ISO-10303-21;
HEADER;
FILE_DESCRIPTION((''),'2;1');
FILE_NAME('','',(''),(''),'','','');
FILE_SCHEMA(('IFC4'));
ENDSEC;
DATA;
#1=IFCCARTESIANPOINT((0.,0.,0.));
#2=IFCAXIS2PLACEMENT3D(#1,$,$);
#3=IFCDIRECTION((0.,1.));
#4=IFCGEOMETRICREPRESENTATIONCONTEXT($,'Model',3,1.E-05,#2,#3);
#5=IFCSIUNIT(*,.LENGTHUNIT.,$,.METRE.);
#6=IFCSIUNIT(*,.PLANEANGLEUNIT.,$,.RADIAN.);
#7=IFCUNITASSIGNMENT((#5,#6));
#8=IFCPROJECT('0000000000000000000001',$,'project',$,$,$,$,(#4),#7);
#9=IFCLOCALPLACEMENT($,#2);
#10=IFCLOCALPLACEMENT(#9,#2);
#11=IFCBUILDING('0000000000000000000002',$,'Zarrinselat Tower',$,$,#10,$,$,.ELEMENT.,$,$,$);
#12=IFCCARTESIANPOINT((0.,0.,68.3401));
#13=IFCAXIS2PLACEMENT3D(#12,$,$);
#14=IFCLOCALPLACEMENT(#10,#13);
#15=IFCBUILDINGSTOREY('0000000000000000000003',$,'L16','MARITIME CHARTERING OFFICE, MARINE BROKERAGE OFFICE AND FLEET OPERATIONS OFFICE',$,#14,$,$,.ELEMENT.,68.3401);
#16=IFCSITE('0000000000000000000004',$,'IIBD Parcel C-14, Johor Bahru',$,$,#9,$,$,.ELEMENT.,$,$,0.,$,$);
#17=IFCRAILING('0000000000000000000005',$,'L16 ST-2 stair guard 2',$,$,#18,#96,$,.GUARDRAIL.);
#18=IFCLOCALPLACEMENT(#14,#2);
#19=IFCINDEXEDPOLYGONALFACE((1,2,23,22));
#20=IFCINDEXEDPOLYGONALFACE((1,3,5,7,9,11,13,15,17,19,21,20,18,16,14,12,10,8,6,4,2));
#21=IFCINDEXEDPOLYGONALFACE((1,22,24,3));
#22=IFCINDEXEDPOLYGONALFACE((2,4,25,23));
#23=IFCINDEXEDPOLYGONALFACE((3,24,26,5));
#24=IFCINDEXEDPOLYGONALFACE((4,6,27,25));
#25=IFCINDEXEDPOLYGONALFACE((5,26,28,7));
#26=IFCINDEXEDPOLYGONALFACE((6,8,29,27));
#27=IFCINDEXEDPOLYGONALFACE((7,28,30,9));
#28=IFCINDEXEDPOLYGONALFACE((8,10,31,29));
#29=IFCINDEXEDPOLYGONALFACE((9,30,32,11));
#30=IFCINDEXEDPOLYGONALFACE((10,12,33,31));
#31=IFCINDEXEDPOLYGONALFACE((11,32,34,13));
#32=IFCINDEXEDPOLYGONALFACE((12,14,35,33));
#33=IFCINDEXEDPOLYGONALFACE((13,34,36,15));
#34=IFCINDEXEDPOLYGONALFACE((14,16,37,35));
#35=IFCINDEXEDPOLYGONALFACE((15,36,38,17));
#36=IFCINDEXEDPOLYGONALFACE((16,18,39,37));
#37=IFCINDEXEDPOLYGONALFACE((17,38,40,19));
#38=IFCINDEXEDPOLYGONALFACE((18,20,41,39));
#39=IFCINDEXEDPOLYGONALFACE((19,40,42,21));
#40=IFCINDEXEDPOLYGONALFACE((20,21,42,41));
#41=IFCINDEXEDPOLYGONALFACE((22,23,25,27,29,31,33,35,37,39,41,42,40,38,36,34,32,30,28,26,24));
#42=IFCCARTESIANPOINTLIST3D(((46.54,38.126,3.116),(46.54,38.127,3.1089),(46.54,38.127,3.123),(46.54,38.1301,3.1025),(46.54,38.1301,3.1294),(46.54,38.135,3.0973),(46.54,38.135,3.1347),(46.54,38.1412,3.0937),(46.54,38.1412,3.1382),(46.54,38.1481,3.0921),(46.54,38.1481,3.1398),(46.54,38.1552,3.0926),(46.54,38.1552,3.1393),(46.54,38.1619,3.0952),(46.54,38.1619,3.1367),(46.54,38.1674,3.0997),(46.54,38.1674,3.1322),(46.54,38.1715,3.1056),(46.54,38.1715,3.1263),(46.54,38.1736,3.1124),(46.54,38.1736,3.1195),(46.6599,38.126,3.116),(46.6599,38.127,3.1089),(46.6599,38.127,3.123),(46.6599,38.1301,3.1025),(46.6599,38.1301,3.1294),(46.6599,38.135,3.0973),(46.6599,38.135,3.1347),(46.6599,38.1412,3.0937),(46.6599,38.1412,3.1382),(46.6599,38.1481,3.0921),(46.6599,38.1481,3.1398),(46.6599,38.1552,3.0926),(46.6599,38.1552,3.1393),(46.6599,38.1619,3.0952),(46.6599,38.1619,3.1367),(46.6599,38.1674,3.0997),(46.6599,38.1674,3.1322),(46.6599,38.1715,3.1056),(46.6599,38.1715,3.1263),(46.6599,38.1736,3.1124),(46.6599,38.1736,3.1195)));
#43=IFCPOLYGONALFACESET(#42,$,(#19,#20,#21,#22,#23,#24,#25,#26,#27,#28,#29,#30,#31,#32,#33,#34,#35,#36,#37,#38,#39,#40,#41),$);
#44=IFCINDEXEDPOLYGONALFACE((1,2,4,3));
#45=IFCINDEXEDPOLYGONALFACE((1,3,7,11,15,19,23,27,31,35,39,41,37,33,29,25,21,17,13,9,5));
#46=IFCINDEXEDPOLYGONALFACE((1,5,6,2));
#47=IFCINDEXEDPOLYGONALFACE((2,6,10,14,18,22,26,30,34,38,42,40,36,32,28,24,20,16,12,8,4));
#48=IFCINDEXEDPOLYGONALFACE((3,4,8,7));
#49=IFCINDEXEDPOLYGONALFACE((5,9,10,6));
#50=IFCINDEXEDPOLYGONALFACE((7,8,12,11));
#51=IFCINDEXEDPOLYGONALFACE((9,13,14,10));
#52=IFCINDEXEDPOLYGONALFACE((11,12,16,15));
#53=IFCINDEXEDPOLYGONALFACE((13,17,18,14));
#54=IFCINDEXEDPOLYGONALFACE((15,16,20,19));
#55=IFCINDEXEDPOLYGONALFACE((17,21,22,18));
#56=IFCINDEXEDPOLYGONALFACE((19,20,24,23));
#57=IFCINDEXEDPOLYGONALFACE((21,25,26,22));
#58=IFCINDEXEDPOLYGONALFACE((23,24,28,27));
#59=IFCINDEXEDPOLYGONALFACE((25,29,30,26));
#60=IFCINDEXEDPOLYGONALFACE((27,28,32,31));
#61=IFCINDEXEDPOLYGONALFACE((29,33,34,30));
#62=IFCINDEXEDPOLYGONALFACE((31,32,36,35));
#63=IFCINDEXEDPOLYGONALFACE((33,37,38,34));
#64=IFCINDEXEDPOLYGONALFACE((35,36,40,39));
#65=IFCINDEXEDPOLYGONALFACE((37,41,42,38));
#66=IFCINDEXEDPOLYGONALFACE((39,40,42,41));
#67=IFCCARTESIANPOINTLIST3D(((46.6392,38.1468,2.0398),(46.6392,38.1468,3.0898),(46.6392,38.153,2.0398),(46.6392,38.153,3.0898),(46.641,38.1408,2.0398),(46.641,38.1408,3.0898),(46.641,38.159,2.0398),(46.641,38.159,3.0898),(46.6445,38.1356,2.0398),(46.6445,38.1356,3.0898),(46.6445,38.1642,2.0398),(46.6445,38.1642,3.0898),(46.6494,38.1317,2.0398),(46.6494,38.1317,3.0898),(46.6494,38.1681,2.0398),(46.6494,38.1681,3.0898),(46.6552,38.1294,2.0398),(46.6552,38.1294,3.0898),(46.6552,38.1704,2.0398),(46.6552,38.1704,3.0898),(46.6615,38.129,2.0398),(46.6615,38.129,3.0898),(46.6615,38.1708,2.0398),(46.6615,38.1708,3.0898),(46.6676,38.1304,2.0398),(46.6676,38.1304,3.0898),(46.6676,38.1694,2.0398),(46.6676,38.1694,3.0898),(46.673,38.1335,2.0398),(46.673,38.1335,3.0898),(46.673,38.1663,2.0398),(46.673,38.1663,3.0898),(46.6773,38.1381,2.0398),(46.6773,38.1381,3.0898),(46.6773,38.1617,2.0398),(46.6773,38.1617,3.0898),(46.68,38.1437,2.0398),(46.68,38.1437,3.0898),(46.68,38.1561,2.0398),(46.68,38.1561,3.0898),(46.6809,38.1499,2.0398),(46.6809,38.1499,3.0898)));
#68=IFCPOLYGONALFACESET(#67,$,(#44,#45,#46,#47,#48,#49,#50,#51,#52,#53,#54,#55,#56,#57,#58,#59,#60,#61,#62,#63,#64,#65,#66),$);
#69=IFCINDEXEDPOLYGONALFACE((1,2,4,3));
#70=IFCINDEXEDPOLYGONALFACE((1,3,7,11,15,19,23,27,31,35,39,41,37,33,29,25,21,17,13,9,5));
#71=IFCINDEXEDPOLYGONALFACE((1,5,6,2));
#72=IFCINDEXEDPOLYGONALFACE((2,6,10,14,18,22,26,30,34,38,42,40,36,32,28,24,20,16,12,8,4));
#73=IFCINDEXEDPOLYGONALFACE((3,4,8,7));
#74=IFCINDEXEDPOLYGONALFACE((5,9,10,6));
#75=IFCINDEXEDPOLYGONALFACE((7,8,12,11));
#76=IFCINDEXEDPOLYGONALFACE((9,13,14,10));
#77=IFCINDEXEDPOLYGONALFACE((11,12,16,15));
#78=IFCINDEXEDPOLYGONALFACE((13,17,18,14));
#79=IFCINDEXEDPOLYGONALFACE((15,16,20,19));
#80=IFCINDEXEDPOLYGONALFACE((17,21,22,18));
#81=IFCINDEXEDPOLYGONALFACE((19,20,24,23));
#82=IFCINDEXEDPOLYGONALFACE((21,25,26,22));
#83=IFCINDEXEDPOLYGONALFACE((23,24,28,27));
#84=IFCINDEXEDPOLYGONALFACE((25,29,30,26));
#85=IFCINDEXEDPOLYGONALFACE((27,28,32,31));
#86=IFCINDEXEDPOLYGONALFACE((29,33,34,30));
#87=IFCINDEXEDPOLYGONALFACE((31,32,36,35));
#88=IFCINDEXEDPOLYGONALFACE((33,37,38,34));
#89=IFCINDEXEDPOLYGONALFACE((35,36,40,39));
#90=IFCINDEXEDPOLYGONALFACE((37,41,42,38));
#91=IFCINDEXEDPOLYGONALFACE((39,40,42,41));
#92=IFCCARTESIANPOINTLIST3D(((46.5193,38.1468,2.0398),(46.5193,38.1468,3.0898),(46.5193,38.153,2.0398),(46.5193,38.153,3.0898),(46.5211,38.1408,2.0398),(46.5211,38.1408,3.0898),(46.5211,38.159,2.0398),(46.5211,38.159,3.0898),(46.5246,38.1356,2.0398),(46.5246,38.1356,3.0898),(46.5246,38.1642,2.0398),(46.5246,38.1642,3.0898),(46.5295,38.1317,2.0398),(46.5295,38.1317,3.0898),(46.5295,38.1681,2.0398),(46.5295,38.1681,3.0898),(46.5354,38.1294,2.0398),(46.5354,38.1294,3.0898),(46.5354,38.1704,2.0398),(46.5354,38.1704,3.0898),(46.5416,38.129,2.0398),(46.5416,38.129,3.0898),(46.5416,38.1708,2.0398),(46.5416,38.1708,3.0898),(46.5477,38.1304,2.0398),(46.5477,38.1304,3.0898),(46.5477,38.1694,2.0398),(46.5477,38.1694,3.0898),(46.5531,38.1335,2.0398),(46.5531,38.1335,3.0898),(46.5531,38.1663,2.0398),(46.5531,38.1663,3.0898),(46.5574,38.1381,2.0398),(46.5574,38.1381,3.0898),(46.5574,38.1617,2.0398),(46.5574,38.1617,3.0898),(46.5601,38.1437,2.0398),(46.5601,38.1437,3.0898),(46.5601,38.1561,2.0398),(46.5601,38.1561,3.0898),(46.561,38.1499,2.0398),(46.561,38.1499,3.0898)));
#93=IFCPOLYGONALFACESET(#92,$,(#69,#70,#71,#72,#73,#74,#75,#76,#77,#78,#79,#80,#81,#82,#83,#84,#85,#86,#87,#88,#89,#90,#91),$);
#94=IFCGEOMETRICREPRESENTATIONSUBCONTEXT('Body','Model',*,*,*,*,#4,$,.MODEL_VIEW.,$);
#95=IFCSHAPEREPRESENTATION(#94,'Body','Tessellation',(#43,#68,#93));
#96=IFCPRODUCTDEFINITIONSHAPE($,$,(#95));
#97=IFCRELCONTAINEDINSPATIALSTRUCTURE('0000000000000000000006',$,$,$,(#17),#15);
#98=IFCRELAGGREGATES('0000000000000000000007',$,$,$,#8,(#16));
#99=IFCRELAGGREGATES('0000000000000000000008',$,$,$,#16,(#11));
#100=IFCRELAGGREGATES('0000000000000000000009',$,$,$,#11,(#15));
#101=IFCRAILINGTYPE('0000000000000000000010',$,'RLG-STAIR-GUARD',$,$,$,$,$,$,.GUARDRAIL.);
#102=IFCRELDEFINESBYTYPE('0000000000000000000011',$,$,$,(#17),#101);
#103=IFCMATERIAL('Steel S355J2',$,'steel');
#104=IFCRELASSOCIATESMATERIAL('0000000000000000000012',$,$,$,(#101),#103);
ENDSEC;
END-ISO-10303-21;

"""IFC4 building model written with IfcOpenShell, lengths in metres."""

from ifc_helpers import new_model, si_unit, direction, frame, origin, origin_2d, place, context, subcontext, project, spatial, circle, extrude, material, type_object, element, save


model = new_model("IFC4")

# Units and contexts
model_context = context("Model", 3, precision=1e-05, world=origin(), true_north=direction((0.0, 1.0)))
body_context = subcontext(model_context, "Body", "Model", "MODEL_VIEW")
ifc_project = project(units=[si_unit("LENGTHUNIT", "METRE"), si_unit("PLANEANGLEUNIT", "RADIAN")], contexts=[model_context])

# Site, building, storey
site_placement = place(None, origin())
site = spatial("IfcSite", under=ifc_project, at=site_placement, Name="IIBD Parcel C-14, Johor Bahru", CompositionType="ELEMENT", RefElevation=0.0)
building_placement = place(site_placement, origin())
building = spatial("IfcBuilding", under=site, at=building_placement, Name="Zarrinselat Tower", CompositionType="ELEMENT")
storey_placement = place(building_placement, frame((0.0, 0.0, 68.3401)))
storey = spatial("IfcBuildingStorey", under=building, at=storey_placement, Name="L16", Description="MARITIME CHARTERING OFFICE, MARINE BROKERAGE OFFICE AND FLEET OPERATIONS OFFICE", CompositionType="ELEMENT", Elevation=68.3401)

# Railing
ifc_material_1 = material(Name="Steel S355J2", Category="steel")
railing_type_1 = type_object("IfcRailingType", Name="RLG-STAIR-GUARD", PredefinedType="GUARDRAIL", material=ifc_material_1)
railing_1_placement = place(storey_placement, frame((46.6599, 38.1499, 2.0398)))
element("IfcRailing", 1, at=railing_1_placement, inside=storey, type_object=railing_type_1, Name="L16 ST-2 stair guard 2", PredefinedType="GUARDRAIL", context=body_context, shape_type="SweptSolid", body=[
    extrude(circle(Radius=0.0239, at=origin_2d()), frame((0.0, 0.0, 1.0762), z_axis=(-1.0, 0.0, 0.0), x_axis=(0.0, -1.0, 0.0)), (0.0, 0.0, 1.0), 0.1199),
    extrude(circle(Radius=0.021, at=origin_2d()), origin(), (0.0, 0.0, 1.0), 1.05),
    extrude(circle(Radius=0.021, at=origin_2d()), frame((-0.1199, 0.0, 0.0)), (0.0, 0.0, 1.0), 1.05),
])

save(model, "model.ifc")
